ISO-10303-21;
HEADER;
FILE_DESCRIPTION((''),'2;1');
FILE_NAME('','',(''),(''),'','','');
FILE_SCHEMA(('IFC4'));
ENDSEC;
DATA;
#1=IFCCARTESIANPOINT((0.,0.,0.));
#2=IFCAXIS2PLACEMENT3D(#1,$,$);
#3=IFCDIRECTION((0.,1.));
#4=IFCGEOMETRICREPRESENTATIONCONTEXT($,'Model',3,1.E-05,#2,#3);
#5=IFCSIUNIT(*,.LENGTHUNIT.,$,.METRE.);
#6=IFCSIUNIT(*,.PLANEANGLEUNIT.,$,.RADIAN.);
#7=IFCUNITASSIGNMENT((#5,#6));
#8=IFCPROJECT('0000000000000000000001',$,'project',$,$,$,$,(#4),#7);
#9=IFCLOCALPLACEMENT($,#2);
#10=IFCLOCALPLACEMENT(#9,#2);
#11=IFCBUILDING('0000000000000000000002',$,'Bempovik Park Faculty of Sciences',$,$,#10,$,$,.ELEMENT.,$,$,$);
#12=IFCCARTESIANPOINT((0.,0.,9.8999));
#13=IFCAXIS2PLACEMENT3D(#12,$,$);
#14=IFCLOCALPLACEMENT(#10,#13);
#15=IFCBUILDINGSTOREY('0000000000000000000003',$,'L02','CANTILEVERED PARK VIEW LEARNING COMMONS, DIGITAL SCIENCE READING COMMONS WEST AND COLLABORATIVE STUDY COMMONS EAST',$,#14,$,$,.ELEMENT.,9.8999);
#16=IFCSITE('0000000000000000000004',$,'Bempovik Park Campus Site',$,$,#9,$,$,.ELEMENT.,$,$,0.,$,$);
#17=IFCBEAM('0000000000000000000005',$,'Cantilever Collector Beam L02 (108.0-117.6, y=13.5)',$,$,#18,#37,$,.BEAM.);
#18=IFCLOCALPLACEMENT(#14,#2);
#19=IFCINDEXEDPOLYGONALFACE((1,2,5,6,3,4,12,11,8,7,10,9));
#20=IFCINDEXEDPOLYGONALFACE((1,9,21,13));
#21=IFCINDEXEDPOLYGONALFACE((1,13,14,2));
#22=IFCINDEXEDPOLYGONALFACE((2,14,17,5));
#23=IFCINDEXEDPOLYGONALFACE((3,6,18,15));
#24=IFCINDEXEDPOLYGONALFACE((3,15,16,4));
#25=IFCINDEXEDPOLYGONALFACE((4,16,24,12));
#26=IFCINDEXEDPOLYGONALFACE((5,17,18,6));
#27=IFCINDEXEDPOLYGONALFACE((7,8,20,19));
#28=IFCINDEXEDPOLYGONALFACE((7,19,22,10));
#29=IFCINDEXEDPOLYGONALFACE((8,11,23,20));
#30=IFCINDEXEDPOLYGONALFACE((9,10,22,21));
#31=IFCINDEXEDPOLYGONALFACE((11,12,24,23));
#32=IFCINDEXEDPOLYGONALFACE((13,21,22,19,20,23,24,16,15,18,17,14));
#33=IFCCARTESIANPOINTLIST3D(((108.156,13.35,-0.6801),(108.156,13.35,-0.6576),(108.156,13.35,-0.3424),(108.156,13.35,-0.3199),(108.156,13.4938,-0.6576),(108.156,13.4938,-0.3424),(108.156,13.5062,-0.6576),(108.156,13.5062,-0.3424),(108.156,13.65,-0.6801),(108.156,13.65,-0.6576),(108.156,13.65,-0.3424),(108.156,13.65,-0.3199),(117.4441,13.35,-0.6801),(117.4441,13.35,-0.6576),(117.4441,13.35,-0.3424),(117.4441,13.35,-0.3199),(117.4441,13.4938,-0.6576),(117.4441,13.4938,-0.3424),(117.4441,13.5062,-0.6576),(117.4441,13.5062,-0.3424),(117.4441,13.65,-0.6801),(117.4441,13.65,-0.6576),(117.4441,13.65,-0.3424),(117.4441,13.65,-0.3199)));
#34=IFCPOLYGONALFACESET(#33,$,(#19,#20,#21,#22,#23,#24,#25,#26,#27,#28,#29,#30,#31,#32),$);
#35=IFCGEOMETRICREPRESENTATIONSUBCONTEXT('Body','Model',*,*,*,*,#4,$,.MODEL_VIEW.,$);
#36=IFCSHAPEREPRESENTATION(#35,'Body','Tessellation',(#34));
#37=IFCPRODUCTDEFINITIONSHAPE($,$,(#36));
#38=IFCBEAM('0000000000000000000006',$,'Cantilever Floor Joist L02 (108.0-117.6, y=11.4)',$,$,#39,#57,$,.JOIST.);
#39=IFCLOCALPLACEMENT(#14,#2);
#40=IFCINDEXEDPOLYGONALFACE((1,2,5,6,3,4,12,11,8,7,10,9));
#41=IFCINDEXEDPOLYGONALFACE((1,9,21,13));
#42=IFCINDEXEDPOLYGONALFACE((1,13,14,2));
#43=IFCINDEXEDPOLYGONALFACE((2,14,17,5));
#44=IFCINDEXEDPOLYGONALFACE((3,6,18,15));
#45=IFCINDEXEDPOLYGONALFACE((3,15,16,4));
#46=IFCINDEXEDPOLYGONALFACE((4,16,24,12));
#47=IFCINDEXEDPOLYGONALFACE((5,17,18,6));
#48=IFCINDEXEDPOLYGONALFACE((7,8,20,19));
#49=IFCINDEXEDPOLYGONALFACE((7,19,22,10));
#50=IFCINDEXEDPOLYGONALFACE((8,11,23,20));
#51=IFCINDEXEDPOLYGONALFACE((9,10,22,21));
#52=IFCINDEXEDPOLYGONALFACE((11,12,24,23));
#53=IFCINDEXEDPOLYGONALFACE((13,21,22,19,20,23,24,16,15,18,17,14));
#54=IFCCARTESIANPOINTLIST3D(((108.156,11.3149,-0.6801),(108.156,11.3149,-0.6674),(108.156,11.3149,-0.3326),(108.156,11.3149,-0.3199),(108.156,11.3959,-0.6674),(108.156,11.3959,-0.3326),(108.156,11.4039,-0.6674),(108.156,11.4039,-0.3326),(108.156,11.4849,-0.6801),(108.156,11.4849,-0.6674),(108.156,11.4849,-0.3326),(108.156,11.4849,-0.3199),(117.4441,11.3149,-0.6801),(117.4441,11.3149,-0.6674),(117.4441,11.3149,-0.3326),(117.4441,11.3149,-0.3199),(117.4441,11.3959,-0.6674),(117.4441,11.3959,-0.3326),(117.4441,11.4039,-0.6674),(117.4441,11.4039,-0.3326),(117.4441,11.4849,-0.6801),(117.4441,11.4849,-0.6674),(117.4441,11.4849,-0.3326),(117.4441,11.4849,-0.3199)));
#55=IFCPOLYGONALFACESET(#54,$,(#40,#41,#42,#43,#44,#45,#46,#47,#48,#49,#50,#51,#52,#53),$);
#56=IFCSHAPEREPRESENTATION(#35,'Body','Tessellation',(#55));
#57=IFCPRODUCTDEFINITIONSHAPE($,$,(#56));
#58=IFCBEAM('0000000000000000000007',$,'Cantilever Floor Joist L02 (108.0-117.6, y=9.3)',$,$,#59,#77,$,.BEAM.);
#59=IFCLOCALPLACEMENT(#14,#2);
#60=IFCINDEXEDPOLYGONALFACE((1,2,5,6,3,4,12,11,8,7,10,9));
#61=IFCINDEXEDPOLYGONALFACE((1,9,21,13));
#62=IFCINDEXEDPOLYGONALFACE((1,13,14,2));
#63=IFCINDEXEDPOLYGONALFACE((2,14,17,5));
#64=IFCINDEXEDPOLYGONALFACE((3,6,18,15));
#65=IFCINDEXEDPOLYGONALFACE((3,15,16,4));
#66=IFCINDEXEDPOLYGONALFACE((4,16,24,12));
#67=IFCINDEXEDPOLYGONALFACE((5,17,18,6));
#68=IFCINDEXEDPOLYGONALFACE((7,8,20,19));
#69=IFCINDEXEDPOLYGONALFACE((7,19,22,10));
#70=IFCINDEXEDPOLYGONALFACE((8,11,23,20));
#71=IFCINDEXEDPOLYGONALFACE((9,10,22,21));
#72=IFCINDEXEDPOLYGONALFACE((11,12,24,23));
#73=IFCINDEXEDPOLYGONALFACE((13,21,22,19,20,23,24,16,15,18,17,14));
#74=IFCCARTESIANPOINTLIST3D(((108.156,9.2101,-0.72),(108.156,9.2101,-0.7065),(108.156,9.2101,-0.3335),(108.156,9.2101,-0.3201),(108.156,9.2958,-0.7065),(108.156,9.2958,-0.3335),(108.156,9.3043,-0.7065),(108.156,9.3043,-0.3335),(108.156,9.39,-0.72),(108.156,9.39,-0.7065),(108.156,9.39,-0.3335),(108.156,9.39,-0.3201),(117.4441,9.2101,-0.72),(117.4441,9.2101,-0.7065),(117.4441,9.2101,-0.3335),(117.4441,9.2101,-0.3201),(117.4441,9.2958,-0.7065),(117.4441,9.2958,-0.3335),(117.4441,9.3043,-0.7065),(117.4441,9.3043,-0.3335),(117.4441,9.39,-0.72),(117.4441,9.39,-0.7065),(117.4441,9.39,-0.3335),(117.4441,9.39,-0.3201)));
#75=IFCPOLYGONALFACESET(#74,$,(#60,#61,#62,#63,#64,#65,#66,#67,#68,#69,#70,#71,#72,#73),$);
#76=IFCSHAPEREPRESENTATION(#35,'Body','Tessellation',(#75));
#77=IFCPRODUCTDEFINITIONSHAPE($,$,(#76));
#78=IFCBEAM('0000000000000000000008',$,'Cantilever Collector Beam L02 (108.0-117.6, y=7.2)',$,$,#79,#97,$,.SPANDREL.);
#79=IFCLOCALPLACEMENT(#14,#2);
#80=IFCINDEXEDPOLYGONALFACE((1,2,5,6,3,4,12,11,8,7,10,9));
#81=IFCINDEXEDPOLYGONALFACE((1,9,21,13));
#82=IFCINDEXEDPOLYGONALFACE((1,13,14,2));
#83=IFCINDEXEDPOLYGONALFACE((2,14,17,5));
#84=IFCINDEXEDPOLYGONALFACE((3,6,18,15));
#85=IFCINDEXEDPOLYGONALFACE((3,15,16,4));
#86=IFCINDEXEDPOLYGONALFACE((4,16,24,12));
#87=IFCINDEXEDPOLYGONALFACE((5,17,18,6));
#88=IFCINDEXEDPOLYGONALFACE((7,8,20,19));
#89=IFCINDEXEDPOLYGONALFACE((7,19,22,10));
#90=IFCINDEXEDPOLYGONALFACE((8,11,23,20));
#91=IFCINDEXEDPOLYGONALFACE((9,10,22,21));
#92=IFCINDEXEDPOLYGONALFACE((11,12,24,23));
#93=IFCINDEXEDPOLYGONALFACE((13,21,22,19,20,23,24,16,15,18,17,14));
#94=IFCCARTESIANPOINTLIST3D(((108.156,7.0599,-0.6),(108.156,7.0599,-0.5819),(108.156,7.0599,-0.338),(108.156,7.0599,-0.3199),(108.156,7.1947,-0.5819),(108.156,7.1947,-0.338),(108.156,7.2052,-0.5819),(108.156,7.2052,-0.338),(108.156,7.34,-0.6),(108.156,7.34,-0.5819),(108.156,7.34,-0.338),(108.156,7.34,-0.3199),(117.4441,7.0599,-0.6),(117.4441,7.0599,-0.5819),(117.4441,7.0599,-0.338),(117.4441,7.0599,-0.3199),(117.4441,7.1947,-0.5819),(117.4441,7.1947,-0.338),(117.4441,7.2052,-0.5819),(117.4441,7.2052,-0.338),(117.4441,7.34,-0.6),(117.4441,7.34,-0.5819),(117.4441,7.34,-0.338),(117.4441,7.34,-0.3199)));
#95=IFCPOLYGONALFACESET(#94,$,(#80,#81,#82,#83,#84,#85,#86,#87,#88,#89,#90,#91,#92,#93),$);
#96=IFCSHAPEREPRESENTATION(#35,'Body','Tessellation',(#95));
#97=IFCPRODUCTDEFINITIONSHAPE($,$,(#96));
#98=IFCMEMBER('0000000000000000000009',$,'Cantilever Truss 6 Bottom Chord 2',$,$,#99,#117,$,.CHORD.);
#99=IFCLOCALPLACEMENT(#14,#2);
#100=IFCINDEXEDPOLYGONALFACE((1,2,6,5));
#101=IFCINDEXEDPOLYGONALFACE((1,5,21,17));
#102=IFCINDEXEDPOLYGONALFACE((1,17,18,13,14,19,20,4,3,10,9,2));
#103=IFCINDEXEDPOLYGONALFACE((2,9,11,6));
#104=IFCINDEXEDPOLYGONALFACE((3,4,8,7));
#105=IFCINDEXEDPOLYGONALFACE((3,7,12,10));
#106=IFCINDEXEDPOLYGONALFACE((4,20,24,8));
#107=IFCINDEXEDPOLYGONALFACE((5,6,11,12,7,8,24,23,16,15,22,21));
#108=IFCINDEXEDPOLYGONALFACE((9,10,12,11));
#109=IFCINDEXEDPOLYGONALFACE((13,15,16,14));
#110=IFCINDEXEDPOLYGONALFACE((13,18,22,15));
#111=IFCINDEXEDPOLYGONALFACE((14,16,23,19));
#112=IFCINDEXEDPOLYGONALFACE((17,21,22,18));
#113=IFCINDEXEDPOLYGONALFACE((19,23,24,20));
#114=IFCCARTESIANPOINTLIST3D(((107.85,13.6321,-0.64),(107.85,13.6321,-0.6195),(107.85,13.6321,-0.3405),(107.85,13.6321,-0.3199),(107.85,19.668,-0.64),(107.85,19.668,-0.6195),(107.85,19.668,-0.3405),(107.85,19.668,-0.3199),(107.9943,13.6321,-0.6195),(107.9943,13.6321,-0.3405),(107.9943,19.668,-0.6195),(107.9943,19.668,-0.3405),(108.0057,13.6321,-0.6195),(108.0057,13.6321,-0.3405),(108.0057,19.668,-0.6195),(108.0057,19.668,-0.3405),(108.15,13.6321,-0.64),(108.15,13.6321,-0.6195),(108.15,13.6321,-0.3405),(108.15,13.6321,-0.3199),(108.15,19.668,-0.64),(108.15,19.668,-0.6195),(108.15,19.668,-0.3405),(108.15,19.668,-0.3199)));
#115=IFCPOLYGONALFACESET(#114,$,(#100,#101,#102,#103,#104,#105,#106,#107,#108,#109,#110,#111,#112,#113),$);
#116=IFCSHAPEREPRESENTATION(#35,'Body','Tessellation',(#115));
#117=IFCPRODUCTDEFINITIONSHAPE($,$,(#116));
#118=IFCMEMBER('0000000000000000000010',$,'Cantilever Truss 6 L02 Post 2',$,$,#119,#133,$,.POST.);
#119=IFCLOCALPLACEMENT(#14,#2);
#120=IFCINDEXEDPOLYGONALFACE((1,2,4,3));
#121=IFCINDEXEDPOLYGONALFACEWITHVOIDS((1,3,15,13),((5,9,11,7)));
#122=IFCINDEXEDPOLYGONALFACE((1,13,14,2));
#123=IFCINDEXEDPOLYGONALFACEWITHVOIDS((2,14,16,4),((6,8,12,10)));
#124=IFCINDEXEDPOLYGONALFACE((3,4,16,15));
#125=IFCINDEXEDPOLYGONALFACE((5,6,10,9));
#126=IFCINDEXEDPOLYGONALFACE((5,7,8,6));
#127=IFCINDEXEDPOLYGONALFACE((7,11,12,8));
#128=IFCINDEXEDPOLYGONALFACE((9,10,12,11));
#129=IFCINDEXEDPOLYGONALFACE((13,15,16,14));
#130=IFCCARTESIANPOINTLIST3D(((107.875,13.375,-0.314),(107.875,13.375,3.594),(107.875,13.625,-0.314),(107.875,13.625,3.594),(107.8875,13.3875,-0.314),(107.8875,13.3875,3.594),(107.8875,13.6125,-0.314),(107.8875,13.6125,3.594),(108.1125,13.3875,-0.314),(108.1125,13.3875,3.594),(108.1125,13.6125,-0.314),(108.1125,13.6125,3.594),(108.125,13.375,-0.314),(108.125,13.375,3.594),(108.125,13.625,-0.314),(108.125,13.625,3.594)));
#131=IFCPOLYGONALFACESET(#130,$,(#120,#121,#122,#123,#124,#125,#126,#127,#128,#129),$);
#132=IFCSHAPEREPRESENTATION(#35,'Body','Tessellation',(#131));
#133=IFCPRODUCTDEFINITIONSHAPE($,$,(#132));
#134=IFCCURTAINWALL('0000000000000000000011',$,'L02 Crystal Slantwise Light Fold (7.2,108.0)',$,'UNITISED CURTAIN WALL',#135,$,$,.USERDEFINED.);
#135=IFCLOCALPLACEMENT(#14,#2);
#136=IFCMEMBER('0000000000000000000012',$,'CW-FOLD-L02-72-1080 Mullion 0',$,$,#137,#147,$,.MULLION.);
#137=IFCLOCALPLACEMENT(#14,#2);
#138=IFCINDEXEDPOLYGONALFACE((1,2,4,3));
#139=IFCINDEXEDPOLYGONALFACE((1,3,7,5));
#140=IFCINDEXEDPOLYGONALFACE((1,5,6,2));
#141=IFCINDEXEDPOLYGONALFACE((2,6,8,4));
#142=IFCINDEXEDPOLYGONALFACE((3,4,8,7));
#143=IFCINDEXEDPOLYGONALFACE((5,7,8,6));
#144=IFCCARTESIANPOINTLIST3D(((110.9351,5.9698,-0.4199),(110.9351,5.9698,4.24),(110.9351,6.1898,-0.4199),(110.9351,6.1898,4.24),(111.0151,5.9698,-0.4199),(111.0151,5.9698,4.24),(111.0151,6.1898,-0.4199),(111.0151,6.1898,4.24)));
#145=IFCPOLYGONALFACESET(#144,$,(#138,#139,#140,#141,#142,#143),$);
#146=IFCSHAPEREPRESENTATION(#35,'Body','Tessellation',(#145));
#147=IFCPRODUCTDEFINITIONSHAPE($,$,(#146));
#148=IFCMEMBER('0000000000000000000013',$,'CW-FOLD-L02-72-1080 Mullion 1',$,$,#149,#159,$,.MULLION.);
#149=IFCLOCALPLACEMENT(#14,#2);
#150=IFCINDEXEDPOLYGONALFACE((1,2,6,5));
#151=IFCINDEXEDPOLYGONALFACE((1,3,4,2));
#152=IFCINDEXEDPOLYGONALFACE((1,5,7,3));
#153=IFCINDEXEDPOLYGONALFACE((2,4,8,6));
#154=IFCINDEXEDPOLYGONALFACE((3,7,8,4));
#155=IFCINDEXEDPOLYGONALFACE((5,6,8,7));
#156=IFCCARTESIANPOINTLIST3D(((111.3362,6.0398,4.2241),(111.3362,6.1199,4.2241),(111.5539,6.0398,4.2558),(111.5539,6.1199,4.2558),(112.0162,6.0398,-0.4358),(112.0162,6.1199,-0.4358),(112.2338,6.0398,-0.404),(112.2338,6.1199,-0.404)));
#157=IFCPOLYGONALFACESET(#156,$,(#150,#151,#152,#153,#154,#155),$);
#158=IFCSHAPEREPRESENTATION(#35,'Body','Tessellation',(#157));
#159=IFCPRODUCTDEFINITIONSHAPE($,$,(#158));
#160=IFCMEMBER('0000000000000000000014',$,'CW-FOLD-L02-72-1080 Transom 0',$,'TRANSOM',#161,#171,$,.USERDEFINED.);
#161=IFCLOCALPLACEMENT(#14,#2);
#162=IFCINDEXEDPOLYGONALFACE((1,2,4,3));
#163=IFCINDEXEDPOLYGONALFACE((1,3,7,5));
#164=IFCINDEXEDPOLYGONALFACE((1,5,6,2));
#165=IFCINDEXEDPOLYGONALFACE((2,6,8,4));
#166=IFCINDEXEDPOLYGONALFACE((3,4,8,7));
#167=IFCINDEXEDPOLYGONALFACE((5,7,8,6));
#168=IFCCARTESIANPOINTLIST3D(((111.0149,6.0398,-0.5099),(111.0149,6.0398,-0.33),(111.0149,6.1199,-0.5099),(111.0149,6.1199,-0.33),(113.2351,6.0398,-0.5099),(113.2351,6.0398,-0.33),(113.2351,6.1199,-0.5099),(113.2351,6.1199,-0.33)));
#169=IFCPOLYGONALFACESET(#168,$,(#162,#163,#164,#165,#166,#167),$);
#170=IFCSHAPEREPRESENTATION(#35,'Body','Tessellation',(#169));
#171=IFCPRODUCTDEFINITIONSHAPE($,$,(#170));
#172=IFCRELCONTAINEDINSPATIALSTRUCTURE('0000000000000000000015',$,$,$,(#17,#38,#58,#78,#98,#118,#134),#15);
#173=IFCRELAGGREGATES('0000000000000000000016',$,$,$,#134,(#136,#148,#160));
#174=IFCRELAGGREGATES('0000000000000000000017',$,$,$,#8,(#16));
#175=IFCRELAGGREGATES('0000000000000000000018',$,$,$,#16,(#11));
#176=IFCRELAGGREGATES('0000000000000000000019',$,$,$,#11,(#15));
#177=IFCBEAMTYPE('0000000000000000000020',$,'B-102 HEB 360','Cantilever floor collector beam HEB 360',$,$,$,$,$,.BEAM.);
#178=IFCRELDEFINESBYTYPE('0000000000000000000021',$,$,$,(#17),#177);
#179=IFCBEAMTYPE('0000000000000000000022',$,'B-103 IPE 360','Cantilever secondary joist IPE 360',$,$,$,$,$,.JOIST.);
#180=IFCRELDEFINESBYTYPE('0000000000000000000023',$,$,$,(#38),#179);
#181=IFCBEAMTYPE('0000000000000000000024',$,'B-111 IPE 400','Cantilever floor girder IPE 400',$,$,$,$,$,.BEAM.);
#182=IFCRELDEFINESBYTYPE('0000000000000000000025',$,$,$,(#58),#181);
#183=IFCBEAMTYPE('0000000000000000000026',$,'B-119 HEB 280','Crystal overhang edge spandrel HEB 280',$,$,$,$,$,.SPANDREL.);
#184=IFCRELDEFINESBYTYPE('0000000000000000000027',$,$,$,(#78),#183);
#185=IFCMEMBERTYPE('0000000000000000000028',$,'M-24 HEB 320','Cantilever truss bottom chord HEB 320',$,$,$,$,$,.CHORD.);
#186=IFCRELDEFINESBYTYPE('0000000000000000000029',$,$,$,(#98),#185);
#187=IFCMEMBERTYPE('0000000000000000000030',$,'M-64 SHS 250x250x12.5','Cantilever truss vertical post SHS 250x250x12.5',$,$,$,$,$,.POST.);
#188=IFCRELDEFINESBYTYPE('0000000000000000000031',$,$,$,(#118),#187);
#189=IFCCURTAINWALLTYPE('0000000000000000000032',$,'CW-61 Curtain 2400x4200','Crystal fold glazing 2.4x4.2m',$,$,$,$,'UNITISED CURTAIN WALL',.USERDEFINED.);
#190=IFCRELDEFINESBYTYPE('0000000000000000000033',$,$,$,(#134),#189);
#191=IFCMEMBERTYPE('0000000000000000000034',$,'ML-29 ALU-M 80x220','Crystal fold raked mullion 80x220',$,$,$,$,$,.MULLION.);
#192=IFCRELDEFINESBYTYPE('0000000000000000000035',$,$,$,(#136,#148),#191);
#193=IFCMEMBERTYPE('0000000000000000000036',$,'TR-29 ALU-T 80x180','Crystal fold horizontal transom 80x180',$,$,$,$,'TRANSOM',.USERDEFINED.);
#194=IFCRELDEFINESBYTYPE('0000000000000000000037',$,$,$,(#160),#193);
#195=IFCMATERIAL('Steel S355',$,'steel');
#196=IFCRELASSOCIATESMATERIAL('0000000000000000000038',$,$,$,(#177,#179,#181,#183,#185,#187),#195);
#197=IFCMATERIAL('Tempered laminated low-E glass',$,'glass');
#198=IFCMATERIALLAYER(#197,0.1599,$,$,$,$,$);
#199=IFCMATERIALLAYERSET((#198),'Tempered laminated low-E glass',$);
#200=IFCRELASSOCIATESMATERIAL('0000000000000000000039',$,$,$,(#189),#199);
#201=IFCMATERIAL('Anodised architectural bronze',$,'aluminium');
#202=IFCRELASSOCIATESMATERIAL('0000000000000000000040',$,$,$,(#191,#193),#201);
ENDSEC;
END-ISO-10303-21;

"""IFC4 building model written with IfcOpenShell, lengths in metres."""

from ifc_helpers import new_model, si_unit, direction, frame, origin, origin_2d, place, context, subcontext, project, spatial, rectangle, hollow_rectangle, i_section, extrude, material, layer, layer_set, material_profile, profile_set, type_object, element, aggregate, save


model = new_model("IFC4")

# Units and contexts
model_context = context("Model", 3, precision=1e-05, world=origin(), true_north=direction((0.0, 1.0)))
body_context = subcontext(model_context, "Body", "Model", "MODEL_VIEW")
ifc_project = project(units=[si_unit("LENGTHUNIT", "METRE"), si_unit("PLANEANGLEUNIT", "RADIAN")], contexts=[model_context])

# Site, building, storey
site_placement = place(None, origin())
site = spatial("IfcSite", under=ifc_project, at=site_placement, Name="Bempovik Park Campus Site", CompositionType="ELEMENT", RefElevation=0.0)
building_placement = place(site_placement, origin())
building = spatial("IfcBuilding", under=site, at=building_placement, Name="Bempovik Park Faculty of Sciences", CompositionType="ELEMENT")
storey_placement = place(building_placement, frame((0.0, 0.0, 9.8999)))
storey = spatial("IfcBuildingStorey", under=building, at=storey_placement, Name="L02", Description="CANTILEVERED PARK VIEW LEARNING COMMONS, DIGITAL SCIENCE READING COMMONS WEST AND COLLABORATIVE STUDY COMMONS EAST", CompositionType="ELEMENT", Elevation=9.8999)

# Beams
ifc_material_1 = material(Name="Steel S355", Category="steel")
ifc_material_profile_1 = material_profile(ifc_material_1, i_section(OverallWidth=0.3, OverallDepth=0.3601, WebThickness=0.0125, FlangeThickness=0.0225, at=origin_2d()), Name="HEB 360")
ifc_profile_set_1 = profile_set([ifc_material_profile_1], Name="Steel S355")
beam_type_1 = type_object("IfcBeamType", Name="B-102 HEB 360", Description="Cantilever floor collector beam HEB 360", PredefinedType="BEAM", material=ifc_profile_set_1)
beam_1_placement = place(storey_placement, frame((108.156, 13.5, -0.5), z_axis=(1.0, 0.0, 0.0), x_axis=(0.0, 1.0, 0.0)))
element("IfcBeam", 1, at=beam_1_placement, inside=storey, type_object=beam_type_1, Name="Cantilever Collector Beam L02 (108.0-117.6, y=13.5)", PredefinedType="BEAM", context=body_context, shape_type="SweptSolid", body=[
    extrude(i_section(OverallWidth=0.3, OverallDepth=0.3601, WebThickness=0.0125, FlangeThickness=0.0225, at=origin_2d()), origin(), (0.0, 0.0, 1.0), 9.2881),
])
ifc_material_profile_2 = material_profile(ifc_material_1, i_section(OverallWidth=0.1699, OverallDepth=0.3601, WebThickness=0.0081, FlangeThickness=0.0127, at=origin_2d()), Name="IPE 360")
ifc_profile_set_2 = profile_set([ifc_material_profile_2], Name="Steel S355")
beam_type_2 = type_object("IfcBeamType", Name="B-103 IPE 360", Description="Cantilever secondary joist IPE 360", PredefinedType="JOIST", material=ifc_profile_set_2)
beam_2_placement = place(storey_placement, frame((108.156, 11.3999, -0.5), z_axis=(1.0, 0.0, 0.0), x_axis=(0.0, 1.0, 0.0)))
element("IfcBeam", 2, at=beam_2_placement, inside=storey, type_object=beam_type_2, Name="Cantilever Floor Joist L02 (108.0-117.6, y=11.4)", PredefinedType="JOIST", context=body_context, shape_type="SweptSolid", body=[
    extrude(i_section(OverallWidth=0.1699, OverallDepth=0.3601, WebThickness=0.0081, FlangeThickness=0.0127, at=origin_2d()), origin(), (0.0, 0.0, 1.0), 9.2881),
])
ifc_material_profile_3 = material_profile(ifc_material_1, i_section(OverallWidth=0.1799, OverallDepth=0.3999, WebThickness=0.0085, FlangeThickness=0.0134, at=origin_2d()), Name="IPE 400")
ifc_profile_set_3 = profile_set([ifc_material_profile_3], Name="Steel S355")
beam_type_3 = type_object("IfcBeamType", Name="B-111 IPE 400", Description="Cantilever floor girder IPE 400", PredefinedType="BEAM", material=ifc_profile_set_3)
beam_3_placement = place(storey_placement, frame((108.156, 9.3, -0.52), z_axis=(1.0, 0.0, 0.0), x_axis=(0.0, 1.0, 0.0)))
element("IfcBeam", 3, at=beam_3_placement, inside=storey, type_object=beam_type_3, Name="Cantilever Floor Joist L02 (108.0-117.6, y=9.3)", PredefinedType="BEAM", context=body_context, shape_type="SweptSolid", body=[
    extrude(i_section(OverallWidth=0.1799, OverallDepth=0.3999, WebThickness=0.0085, FlangeThickness=0.0134, at=origin_2d()), origin(), (0.0, 0.0, 1.0), 9.2881),
])
ifc_material_profile_4 = material_profile(ifc_material_1, i_section(OverallWidth=0.28, OverallDepth=0.28, WebThickness=0.0105, FlangeThickness=0.0181, at=origin_2d()), Name="HEB 280")
ifc_profile_set_4 = profile_set([ifc_material_profile_4], Name="Steel S355")
beam_type_4 = type_object("IfcBeamType", Name="B-119 HEB 280", Description="Crystal overhang edge spandrel HEB 280", PredefinedType="SPANDREL", material=ifc_profile_set_4)
beam_4_placement = place(storey_placement, frame((108.156, 7.2, -0.46), z_axis=(1.0, 0.0, 0.0), x_axis=(0.0, 1.0, 0.0)))
element("IfcBeam", 4, at=beam_4_placement, inside=storey, type_object=beam_type_4, Name="Cantilever Collector Beam L02 (108.0-117.6, y=7.2)", PredefinedType="SPANDREL", context=body_context, shape_type="SweptSolid", body=[
    extrude(i_section(OverallWidth=0.28, OverallDepth=0.28, WebThickness=0.0105, FlangeThickness=0.0181, at=origin_2d()), origin(), (0.0, 0.0, 1.0), 9.2881),
])

# Members
ifc_material_profile_5 = material_profile(ifc_material_1, i_section(OverallWidth=0.3, OverallDepth=0.3201, WebThickness=0.0115, FlangeThickness=0.0205, at=origin_2d()), Name="HEB 320")
ifc_profile_set_5 = profile_set([ifc_material_profile_5], Name="Steel S355")
member_type_1 = type_object("IfcMemberType", Name="M-24 HEB 320", Description="Cantilever truss bottom chord HEB 320", PredefinedType="CHORD", material=ifc_profile_set_5)
member_1_placement = place(storey_placement, frame((108.0, 13.6321, -0.48), z_axis=(0.0, 1.0, 0.0), x_axis=(-1.0, 0.0, 0.0)))
element("IfcMember", 5, at=member_1_placement, inside=storey, type_object=member_type_1, Name="Cantilever Truss 6 Bottom Chord 2", PredefinedType="CHORD", context=body_context, shape_type="SweptSolid", body=[
    extrude(i_section(OverallWidth=0.3, OverallDepth=0.3201, WebThickness=0.0115, FlangeThickness=0.0205, at=origin_2d()), origin(), (0.0, 0.0, 1.0), 6.0359),
])
ifc_material_profile_6 = material_profile(ifc_material_1, hollow_rectangle(XDim=0.25, YDim=0.25, WallThickness=0.0125, at=origin_2d()), Name="SHS 250x250x12.5")
ifc_profile_set_6 = profile_set([ifc_material_profile_6], Name="Steel S355")
member_type_2 = type_object("IfcMemberType", Name="M-64 SHS 250x250x12.5", Description="Cantilever truss vertical post SHS 250x250x12.5", PredefinedType="POST", material=ifc_profile_set_6)
member_2_placement = place(storey_placement, frame((108.0, 13.5, -0.314), z_axis=(0.0, 0.0, 1.0), x_axis=(1.0, 0.0, 0.0)))
element("IfcMember", 6, at=member_2_placement, inside=storey, type_object=member_type_2, Name="Cantilever Truss 6 L02 Post 2", PredefinedType="POST", context=body_context, shape_type="SweptSolid", body=[
    extrude(hollow_rectangle(XDim=0.25, YDim=0.25, WallThickness=0.0125, at=origin_2d()), origin(), (0.0, 0.0, 1.0), 3.908),
])

# Curtain wall, members
ifc_material_2 = material(Name="Tempered laminated low-E glass", Category="glass")
ifc_layer_1 = layer(ifc_material_2, 0.1599)
ifc_layer_set_1 = layer_set([ifc_layer_1], Name="Tempered laminated low-E glass")
curtain_wall_type = type_object("IfcCurtainWallType", Name="CW-61 Curtain 2400x4200", Description="Crystal fold glazing 2.4x4.2m", ElementType="UNITISED CURTAIN WALL", PredefinedType="USERDEFINED", material=ifc_layer_set_1)
curtain_wall_placement = place(storey_placement, origin())
curtain_wall = element("IfcCurtainWall", 7, at=curtain_wall_placement, inside=storey, type_object=curtain_wall_type, Name="L02 Crystal Slantwise Light Fold (7.2,108.0)", ObjectType="UNITISED CURTAIN WALL", PredefinedType="USERDEFINED")
ifc_material_3 = material(Name="Anodised architectural bronze", Category="aluminium")
ifc_material_profile_7 = material_profile(ifc_material_3, rectangle(XDim=0.0801, YDim=0.22, at=origin_2d()), Name="ALU-M 80x220")
ifc_profile_set_7 = profile_set([ifc_material_profile_7], Name="Anodised architectural bronze")
member_type_3 = type_object("IfcMemberType", Name="ML-29 ALU-M 80x220", Description="Crystal fold raked mullion 80x220", PredefinedType="MULLION", material=ifc_profile_set_7)
member_3_placement = place(storey_placement, frame((110.9751, 6.0798, -0.4199), z_axis=(0.0, 0.0, 1.0), x_axis=(1.0, 0.0, 0.0)))
member_3 = element("IfcMember", 8, at=member_3_placement, type_object=member_type_3, Name="CW-FOLD-L02-72-1080 Mullion 0", PredefinedType="MULLION", context=body_context, shape_type="SweptSolid", body=[
    extrude(rectangle(XDim=0.0801, YDim=0.22, at=origin_2d()), origin(), (0.0, 0.0, 1.0), 4.6599),
])
member_4_placement = place(storey_placement, frame((112.125, 6.0798, -0.4199), z_axis=(-0.144382, 0.0, 0.989522), x_axis=(0.0, -1.0, 0.0)))
member_4 = element("IfcMember", 9, at=member_4_placement, type_object=member_type_3, Name="CW-FOLD-L02-72-1080 Mullion 1", PredefinedType="MULLION", context=body_context, shape_type="SweptSolid", body=[
    extrude(rectangle(XDim=0.0801, YDim=0.22, at=origin_2d()), origin(), (0.0, 0.0, 1.0), 4.7092),
])
ifc_material_profile_8 = material_profile(ifc_material_3, rectangle(XDim=0.0801, YDim=0.1799, at=origin_2d()), Name="ALU-T 80x180")
ifc_profile_set_8 = profile_set([ifc_material_profile_8], Name="Anodised architectural bronze")
member_type_4 = type_object("IfcMemberType", Name="TR-29 ALU-T 80x180", Description="Crystal fold horizontal transom 80x180", ElementType="TRANSOM", PredefinedType="USERDEFINED", material=ifc_profile_set_8)
member_5_placement = place(storey_placement, frame((111.0149, 6.0798, -0.4199), z_axis=(1.0, 0.0, 0.0), x_axis=(0.0, 1.0, 0.0)))
member_5 = element("IfcMember", 10, at=member_5_placement, type_object=member_type_4, Name="CW-FOLD-L02-72-1080 Transom 0", ObjectType="TRANSOM", PredefinedType="USERDEFINED", context=body_context, shape_type="SweptSolid", body=[
    extrude(rectangle(XDim=0.0801, YDim=0.1799, at=origin_2d()), origin(), (0.0, 0.0, 1.0), 2.2202),
])
aggregate(curtain_wall, [member_3, member_4, member_5])

save(model, "model.ifc")
